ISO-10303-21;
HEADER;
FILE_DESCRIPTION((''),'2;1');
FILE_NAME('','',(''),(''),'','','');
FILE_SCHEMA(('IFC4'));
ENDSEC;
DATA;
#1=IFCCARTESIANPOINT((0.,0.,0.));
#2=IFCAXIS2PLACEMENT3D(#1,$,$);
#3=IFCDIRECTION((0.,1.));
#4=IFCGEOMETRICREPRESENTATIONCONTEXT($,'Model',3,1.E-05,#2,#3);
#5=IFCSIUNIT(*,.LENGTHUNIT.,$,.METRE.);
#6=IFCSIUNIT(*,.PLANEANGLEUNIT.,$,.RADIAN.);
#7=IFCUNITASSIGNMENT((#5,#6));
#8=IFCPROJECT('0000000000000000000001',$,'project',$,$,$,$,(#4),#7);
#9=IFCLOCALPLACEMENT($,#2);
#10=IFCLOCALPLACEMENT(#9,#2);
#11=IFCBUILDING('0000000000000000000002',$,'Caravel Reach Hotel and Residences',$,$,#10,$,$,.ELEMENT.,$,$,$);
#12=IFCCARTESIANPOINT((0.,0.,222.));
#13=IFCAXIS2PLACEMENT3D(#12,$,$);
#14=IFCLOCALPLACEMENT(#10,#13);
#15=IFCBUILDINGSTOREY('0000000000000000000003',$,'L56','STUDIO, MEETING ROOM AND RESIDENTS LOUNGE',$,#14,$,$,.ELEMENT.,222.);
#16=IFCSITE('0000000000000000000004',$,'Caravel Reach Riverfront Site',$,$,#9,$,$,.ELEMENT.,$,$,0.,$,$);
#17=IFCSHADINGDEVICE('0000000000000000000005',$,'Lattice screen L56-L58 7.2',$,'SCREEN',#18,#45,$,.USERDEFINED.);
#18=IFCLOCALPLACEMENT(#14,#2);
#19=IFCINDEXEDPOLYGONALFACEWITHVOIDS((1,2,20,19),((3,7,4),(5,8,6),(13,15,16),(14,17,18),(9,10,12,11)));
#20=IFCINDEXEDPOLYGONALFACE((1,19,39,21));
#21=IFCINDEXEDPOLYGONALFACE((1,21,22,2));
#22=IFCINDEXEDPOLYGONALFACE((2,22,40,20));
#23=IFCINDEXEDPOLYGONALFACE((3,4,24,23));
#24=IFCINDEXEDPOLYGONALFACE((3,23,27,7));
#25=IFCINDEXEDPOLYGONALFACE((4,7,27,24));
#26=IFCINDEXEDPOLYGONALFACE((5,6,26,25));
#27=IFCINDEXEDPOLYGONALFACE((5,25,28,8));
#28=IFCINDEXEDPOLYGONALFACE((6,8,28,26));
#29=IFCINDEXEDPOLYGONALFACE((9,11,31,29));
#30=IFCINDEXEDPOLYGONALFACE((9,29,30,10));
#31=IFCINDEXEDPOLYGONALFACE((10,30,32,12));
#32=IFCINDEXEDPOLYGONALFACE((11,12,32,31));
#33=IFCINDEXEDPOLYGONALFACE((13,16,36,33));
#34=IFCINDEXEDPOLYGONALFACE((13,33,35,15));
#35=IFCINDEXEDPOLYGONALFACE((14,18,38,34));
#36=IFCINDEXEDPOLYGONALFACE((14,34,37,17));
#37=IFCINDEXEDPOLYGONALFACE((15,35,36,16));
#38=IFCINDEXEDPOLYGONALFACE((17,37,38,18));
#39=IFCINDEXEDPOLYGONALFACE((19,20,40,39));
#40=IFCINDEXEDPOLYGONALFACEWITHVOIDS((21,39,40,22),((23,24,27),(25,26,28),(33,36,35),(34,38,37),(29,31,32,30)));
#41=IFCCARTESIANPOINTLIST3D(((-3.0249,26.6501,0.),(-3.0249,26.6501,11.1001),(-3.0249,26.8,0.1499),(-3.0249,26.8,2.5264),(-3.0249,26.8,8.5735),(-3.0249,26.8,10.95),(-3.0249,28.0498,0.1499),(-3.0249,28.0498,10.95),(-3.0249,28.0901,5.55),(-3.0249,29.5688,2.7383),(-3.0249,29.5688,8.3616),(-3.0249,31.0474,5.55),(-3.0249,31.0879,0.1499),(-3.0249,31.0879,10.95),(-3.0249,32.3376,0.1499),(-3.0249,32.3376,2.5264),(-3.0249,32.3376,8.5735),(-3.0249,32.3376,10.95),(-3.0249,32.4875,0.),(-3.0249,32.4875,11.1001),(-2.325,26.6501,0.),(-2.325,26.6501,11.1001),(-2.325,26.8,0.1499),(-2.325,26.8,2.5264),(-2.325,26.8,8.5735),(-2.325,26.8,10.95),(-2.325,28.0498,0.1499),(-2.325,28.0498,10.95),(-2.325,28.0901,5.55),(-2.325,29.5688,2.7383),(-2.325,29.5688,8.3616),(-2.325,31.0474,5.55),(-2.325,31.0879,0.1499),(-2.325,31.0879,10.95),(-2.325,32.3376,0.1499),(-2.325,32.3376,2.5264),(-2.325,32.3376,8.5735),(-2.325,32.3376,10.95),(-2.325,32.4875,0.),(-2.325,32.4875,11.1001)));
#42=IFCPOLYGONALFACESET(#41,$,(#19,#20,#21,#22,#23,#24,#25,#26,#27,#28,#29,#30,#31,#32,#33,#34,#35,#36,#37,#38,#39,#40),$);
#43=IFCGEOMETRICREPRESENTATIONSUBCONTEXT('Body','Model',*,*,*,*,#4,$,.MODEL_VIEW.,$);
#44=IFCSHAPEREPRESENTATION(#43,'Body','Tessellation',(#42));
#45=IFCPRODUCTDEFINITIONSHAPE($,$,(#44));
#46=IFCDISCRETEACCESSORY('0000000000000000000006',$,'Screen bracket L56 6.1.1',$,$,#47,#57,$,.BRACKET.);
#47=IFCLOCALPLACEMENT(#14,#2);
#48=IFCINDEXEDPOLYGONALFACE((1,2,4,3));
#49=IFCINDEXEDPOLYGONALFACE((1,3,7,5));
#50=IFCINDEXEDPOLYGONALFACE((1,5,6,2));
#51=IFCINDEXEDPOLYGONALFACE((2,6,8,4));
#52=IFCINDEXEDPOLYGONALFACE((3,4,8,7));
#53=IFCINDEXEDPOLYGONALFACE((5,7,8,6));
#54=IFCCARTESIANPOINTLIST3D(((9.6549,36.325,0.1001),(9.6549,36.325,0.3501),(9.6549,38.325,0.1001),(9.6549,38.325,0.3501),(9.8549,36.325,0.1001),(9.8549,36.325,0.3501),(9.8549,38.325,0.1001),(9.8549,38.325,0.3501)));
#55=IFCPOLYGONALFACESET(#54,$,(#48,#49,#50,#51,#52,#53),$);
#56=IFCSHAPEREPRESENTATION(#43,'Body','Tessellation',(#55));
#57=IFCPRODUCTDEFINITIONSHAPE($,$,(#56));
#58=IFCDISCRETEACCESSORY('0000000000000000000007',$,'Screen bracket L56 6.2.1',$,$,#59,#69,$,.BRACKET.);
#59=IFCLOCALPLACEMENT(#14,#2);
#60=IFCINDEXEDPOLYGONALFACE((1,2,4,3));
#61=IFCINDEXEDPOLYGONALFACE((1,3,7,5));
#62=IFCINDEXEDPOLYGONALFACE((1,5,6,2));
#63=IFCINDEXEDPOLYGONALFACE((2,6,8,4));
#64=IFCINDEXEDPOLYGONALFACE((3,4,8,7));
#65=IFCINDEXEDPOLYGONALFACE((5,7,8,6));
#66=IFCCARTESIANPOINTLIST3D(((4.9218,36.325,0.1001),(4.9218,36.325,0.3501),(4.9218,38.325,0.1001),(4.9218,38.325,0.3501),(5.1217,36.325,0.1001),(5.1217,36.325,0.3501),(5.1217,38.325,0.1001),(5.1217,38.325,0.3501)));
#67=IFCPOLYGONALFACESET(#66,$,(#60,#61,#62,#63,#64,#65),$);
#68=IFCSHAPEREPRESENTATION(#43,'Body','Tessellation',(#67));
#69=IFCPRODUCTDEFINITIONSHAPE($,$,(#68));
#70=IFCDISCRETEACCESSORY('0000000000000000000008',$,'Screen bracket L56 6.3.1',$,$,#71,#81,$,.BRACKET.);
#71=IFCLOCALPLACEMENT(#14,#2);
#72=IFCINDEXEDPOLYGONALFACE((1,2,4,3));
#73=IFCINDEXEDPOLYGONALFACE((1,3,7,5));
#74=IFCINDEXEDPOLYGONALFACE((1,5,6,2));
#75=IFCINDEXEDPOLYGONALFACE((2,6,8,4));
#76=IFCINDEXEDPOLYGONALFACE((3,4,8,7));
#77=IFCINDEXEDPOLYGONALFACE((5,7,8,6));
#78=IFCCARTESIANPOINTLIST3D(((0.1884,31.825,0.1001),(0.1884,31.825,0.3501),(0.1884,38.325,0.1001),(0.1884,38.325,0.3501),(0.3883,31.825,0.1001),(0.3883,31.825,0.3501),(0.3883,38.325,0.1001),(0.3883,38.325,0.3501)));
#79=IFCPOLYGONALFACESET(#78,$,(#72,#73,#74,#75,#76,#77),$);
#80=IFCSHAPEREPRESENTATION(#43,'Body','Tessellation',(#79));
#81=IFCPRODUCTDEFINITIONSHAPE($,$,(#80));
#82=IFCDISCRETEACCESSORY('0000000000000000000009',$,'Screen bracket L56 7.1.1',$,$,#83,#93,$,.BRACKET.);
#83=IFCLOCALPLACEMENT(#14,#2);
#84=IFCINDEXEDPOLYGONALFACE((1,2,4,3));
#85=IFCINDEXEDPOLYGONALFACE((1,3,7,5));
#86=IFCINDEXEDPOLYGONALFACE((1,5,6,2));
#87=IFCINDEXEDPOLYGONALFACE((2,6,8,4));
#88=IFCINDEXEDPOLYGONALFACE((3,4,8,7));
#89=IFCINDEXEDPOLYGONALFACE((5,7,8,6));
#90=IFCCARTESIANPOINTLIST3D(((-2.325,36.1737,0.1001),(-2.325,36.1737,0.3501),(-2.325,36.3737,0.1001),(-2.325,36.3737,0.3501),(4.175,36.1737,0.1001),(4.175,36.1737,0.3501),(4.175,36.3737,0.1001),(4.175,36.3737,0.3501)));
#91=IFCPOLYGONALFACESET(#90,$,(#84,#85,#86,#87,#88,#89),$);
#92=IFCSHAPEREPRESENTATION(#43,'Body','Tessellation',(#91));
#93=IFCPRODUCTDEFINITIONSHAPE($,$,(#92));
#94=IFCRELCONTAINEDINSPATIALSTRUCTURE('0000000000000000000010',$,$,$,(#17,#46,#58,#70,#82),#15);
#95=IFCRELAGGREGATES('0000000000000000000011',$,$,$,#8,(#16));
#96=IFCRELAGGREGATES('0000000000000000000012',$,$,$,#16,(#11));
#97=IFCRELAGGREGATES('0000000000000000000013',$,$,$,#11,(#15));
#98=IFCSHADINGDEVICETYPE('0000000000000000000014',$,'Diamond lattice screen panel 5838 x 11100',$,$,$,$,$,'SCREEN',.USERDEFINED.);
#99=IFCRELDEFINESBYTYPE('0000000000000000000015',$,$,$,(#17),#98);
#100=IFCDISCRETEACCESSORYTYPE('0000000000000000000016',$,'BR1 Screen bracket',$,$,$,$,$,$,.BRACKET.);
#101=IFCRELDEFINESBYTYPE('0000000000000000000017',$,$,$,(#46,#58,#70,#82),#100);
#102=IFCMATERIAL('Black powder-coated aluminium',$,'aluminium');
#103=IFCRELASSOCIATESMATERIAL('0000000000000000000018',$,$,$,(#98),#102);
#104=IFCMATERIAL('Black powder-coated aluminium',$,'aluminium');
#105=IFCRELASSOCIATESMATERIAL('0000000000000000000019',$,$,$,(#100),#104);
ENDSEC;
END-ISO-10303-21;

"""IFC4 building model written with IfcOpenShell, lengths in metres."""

from ifc_helpers import new_model, si_unit, direction, frame, origin, origin_2d, place, context, subcontext, project, spatial, polyline, rectangle, outline, extrude, material, type_object, element, save


model = new_model("IFC4")

# Units and contexts
model_context = context("Model", 3, precision=1e-05, world=origin(), true_north=direction((0.0, 1.0)))
body_context = subcontext(model_context, "Body", "Model", "MODEL_VIEW")
ifc_project = project(units=[si_unit("LENGTHUNIT", "METRE"), si_unit("PLANEANGLEUNIT", "RADIAN")], contexts=[model_context])

# Site, building, storey
site_placement = place(None, origin())
site = spatial("IfcSite", under=ifc_project, at=site_placement, Name="Caravel Reach Riverfront Site", CompositionType="ELEMENT", RefElevation=0.0)
building_placement = place(site_placement, origin())
building = spatial("IfcBuilding", under=site, at=building_placement, Name="Caravel Reach Hotel and Residences", CompositionType="ELEMENT")
storey_placement = place(building_placement, frame((0.0, 0.0, 222.0)))
storey = spatial("IfcBuildingStorey", under=building, at=storey_placement, Name="L56", Description="STUDIO, MEETING ROOM AND RESIDENTS LOUNGE", CompositionType="ELEMENT", Elevation=222.0)

# Shading device
ifc_material_1 = material(Name="Black powder-coated aluminium", Category="aluminium")
shading_device_type_1 = type_object("IfcShadingDeviceType", Name="Diamond lattice screen panel 5838 x 11100", ElementType="SCREEN", PredefinedType="USERDEFINED", material=ifc_material_1)
for number, where, z_axis, x_axis, name in (
    (1, (-2.325, 32.4875, 0.0), (-1.0, 0.0, 0.0), (0.0, -1.0, 0.0), "Lattice screen L56-L58 7.2"),
):
    element("IfcShadingDevice", number, at=place(storey_placement, frame(where, z_axis=z_axis, x_axis=x_axis)), inside=storey, type_object=shading_device_type_1, Name=name, ObjectType="SCREEN", PredefinedType="USERDEFINED", context=body_context, shape_type="SweptSolid", body=[
        extrude(outline(polyline([(0.0, 0.0), (5.8374, 0.0), (5.8374, 11.1001), (0.0, 11.1001), (0.0, 0.0)]), holes=[polyline([(1.3997, 0.1499), (0.1499, 2.5264), (0.1499, 0.1499), (1.3997, 0.1499)]), polyline([(0.1499, 8.5735), (1.3997, 10.95), (0.1499, 10.95), (0.1499, 8.5735)]), polyline([(2.9187, 8.3616), (1.4402, 5.55), (2.9187, 2.7383), (4.3975, 5.55), (2.9187, 8.3616)]), polyline([(5.6875, 2.5264), (4.4377, 0.1499), (5.6875, 0.1499), (5.6875, 2.5264)]), polyline([(4.4377, 10.95), (5.6875, 8.5735), (5.6875, 10.95), (4.4377, 10.95)])]), origin(), (0.0, 0.0, 1.0), 0.7),
    ])

# Discrete accessories
ifc_material_2 = material(Name="Black powder-coated aluminium", Category="aluminium")
discrete_accessory_type = type_object("IfcDiscreteAccessoryType", Name="BR1 Screen bracket", PredefinedType="BRACKET", material=ifc_material_2)
for number, where, z_axis, x_axis, name in (
    (2, (9.7549, 37.325, 0.1001), (0.0, 0.0, 1.0), (0.0, 1.0, 0.0), "Screen bracket L56 6.1.1"),
    (3, (5.0217, 37.325, 0.1001), (0.0, 0.0, 1.0), (0.0, 1.0, 0.0), "Screen bracket L56 6.2.1"),
):
    element("IfcDiscreteAccessory", number, at=place(storey_placement, frame(where, z_axis=z_axis, x_axis=x_axis)), inside=storey, type_object=discrete_accessory_type, Name=name, PredefinedType="BRACKET", context=body_context, shape_type="SweptSolid", body=[
        extrude(rectangle(XDim=2.0, YDim=0.2, at=origin_2d()), origin(), (0.0, 0.0, 1.0), 0.25),
    ])
for number, where, z_axis, x_axis, name in (
    (4, (0.2883, 35.075, 0.1001), (0.0, 0.0, 1.0), (0.0, 1.0, 0.0), "Screen bracket L56 6.3.1"),
    (5, (0.925, 36.2737, 0.1001), (0.0, 0.0, 1.0), (-1.0, 0.0, 0.0), "Screen bracket L56 7.1.1"),
):
    element("IfcDiscreteAccessory", number, at=place(storey_placement, frame(where, z_axis=z_axis, x_axis=x_axis)), inside=storey, type_object=discrete_accessory_type, Name=name, PredefinedType="BRACKET", context=body_context, shape_type="SweptSolid", body=[
        extrude(rectangle(XDim=6.5, YDim=0.2, at=origin_2d()), origin(), (0.0, 0.0, 1.0), 0.25),
    ])

save(model, "model.ifc")
